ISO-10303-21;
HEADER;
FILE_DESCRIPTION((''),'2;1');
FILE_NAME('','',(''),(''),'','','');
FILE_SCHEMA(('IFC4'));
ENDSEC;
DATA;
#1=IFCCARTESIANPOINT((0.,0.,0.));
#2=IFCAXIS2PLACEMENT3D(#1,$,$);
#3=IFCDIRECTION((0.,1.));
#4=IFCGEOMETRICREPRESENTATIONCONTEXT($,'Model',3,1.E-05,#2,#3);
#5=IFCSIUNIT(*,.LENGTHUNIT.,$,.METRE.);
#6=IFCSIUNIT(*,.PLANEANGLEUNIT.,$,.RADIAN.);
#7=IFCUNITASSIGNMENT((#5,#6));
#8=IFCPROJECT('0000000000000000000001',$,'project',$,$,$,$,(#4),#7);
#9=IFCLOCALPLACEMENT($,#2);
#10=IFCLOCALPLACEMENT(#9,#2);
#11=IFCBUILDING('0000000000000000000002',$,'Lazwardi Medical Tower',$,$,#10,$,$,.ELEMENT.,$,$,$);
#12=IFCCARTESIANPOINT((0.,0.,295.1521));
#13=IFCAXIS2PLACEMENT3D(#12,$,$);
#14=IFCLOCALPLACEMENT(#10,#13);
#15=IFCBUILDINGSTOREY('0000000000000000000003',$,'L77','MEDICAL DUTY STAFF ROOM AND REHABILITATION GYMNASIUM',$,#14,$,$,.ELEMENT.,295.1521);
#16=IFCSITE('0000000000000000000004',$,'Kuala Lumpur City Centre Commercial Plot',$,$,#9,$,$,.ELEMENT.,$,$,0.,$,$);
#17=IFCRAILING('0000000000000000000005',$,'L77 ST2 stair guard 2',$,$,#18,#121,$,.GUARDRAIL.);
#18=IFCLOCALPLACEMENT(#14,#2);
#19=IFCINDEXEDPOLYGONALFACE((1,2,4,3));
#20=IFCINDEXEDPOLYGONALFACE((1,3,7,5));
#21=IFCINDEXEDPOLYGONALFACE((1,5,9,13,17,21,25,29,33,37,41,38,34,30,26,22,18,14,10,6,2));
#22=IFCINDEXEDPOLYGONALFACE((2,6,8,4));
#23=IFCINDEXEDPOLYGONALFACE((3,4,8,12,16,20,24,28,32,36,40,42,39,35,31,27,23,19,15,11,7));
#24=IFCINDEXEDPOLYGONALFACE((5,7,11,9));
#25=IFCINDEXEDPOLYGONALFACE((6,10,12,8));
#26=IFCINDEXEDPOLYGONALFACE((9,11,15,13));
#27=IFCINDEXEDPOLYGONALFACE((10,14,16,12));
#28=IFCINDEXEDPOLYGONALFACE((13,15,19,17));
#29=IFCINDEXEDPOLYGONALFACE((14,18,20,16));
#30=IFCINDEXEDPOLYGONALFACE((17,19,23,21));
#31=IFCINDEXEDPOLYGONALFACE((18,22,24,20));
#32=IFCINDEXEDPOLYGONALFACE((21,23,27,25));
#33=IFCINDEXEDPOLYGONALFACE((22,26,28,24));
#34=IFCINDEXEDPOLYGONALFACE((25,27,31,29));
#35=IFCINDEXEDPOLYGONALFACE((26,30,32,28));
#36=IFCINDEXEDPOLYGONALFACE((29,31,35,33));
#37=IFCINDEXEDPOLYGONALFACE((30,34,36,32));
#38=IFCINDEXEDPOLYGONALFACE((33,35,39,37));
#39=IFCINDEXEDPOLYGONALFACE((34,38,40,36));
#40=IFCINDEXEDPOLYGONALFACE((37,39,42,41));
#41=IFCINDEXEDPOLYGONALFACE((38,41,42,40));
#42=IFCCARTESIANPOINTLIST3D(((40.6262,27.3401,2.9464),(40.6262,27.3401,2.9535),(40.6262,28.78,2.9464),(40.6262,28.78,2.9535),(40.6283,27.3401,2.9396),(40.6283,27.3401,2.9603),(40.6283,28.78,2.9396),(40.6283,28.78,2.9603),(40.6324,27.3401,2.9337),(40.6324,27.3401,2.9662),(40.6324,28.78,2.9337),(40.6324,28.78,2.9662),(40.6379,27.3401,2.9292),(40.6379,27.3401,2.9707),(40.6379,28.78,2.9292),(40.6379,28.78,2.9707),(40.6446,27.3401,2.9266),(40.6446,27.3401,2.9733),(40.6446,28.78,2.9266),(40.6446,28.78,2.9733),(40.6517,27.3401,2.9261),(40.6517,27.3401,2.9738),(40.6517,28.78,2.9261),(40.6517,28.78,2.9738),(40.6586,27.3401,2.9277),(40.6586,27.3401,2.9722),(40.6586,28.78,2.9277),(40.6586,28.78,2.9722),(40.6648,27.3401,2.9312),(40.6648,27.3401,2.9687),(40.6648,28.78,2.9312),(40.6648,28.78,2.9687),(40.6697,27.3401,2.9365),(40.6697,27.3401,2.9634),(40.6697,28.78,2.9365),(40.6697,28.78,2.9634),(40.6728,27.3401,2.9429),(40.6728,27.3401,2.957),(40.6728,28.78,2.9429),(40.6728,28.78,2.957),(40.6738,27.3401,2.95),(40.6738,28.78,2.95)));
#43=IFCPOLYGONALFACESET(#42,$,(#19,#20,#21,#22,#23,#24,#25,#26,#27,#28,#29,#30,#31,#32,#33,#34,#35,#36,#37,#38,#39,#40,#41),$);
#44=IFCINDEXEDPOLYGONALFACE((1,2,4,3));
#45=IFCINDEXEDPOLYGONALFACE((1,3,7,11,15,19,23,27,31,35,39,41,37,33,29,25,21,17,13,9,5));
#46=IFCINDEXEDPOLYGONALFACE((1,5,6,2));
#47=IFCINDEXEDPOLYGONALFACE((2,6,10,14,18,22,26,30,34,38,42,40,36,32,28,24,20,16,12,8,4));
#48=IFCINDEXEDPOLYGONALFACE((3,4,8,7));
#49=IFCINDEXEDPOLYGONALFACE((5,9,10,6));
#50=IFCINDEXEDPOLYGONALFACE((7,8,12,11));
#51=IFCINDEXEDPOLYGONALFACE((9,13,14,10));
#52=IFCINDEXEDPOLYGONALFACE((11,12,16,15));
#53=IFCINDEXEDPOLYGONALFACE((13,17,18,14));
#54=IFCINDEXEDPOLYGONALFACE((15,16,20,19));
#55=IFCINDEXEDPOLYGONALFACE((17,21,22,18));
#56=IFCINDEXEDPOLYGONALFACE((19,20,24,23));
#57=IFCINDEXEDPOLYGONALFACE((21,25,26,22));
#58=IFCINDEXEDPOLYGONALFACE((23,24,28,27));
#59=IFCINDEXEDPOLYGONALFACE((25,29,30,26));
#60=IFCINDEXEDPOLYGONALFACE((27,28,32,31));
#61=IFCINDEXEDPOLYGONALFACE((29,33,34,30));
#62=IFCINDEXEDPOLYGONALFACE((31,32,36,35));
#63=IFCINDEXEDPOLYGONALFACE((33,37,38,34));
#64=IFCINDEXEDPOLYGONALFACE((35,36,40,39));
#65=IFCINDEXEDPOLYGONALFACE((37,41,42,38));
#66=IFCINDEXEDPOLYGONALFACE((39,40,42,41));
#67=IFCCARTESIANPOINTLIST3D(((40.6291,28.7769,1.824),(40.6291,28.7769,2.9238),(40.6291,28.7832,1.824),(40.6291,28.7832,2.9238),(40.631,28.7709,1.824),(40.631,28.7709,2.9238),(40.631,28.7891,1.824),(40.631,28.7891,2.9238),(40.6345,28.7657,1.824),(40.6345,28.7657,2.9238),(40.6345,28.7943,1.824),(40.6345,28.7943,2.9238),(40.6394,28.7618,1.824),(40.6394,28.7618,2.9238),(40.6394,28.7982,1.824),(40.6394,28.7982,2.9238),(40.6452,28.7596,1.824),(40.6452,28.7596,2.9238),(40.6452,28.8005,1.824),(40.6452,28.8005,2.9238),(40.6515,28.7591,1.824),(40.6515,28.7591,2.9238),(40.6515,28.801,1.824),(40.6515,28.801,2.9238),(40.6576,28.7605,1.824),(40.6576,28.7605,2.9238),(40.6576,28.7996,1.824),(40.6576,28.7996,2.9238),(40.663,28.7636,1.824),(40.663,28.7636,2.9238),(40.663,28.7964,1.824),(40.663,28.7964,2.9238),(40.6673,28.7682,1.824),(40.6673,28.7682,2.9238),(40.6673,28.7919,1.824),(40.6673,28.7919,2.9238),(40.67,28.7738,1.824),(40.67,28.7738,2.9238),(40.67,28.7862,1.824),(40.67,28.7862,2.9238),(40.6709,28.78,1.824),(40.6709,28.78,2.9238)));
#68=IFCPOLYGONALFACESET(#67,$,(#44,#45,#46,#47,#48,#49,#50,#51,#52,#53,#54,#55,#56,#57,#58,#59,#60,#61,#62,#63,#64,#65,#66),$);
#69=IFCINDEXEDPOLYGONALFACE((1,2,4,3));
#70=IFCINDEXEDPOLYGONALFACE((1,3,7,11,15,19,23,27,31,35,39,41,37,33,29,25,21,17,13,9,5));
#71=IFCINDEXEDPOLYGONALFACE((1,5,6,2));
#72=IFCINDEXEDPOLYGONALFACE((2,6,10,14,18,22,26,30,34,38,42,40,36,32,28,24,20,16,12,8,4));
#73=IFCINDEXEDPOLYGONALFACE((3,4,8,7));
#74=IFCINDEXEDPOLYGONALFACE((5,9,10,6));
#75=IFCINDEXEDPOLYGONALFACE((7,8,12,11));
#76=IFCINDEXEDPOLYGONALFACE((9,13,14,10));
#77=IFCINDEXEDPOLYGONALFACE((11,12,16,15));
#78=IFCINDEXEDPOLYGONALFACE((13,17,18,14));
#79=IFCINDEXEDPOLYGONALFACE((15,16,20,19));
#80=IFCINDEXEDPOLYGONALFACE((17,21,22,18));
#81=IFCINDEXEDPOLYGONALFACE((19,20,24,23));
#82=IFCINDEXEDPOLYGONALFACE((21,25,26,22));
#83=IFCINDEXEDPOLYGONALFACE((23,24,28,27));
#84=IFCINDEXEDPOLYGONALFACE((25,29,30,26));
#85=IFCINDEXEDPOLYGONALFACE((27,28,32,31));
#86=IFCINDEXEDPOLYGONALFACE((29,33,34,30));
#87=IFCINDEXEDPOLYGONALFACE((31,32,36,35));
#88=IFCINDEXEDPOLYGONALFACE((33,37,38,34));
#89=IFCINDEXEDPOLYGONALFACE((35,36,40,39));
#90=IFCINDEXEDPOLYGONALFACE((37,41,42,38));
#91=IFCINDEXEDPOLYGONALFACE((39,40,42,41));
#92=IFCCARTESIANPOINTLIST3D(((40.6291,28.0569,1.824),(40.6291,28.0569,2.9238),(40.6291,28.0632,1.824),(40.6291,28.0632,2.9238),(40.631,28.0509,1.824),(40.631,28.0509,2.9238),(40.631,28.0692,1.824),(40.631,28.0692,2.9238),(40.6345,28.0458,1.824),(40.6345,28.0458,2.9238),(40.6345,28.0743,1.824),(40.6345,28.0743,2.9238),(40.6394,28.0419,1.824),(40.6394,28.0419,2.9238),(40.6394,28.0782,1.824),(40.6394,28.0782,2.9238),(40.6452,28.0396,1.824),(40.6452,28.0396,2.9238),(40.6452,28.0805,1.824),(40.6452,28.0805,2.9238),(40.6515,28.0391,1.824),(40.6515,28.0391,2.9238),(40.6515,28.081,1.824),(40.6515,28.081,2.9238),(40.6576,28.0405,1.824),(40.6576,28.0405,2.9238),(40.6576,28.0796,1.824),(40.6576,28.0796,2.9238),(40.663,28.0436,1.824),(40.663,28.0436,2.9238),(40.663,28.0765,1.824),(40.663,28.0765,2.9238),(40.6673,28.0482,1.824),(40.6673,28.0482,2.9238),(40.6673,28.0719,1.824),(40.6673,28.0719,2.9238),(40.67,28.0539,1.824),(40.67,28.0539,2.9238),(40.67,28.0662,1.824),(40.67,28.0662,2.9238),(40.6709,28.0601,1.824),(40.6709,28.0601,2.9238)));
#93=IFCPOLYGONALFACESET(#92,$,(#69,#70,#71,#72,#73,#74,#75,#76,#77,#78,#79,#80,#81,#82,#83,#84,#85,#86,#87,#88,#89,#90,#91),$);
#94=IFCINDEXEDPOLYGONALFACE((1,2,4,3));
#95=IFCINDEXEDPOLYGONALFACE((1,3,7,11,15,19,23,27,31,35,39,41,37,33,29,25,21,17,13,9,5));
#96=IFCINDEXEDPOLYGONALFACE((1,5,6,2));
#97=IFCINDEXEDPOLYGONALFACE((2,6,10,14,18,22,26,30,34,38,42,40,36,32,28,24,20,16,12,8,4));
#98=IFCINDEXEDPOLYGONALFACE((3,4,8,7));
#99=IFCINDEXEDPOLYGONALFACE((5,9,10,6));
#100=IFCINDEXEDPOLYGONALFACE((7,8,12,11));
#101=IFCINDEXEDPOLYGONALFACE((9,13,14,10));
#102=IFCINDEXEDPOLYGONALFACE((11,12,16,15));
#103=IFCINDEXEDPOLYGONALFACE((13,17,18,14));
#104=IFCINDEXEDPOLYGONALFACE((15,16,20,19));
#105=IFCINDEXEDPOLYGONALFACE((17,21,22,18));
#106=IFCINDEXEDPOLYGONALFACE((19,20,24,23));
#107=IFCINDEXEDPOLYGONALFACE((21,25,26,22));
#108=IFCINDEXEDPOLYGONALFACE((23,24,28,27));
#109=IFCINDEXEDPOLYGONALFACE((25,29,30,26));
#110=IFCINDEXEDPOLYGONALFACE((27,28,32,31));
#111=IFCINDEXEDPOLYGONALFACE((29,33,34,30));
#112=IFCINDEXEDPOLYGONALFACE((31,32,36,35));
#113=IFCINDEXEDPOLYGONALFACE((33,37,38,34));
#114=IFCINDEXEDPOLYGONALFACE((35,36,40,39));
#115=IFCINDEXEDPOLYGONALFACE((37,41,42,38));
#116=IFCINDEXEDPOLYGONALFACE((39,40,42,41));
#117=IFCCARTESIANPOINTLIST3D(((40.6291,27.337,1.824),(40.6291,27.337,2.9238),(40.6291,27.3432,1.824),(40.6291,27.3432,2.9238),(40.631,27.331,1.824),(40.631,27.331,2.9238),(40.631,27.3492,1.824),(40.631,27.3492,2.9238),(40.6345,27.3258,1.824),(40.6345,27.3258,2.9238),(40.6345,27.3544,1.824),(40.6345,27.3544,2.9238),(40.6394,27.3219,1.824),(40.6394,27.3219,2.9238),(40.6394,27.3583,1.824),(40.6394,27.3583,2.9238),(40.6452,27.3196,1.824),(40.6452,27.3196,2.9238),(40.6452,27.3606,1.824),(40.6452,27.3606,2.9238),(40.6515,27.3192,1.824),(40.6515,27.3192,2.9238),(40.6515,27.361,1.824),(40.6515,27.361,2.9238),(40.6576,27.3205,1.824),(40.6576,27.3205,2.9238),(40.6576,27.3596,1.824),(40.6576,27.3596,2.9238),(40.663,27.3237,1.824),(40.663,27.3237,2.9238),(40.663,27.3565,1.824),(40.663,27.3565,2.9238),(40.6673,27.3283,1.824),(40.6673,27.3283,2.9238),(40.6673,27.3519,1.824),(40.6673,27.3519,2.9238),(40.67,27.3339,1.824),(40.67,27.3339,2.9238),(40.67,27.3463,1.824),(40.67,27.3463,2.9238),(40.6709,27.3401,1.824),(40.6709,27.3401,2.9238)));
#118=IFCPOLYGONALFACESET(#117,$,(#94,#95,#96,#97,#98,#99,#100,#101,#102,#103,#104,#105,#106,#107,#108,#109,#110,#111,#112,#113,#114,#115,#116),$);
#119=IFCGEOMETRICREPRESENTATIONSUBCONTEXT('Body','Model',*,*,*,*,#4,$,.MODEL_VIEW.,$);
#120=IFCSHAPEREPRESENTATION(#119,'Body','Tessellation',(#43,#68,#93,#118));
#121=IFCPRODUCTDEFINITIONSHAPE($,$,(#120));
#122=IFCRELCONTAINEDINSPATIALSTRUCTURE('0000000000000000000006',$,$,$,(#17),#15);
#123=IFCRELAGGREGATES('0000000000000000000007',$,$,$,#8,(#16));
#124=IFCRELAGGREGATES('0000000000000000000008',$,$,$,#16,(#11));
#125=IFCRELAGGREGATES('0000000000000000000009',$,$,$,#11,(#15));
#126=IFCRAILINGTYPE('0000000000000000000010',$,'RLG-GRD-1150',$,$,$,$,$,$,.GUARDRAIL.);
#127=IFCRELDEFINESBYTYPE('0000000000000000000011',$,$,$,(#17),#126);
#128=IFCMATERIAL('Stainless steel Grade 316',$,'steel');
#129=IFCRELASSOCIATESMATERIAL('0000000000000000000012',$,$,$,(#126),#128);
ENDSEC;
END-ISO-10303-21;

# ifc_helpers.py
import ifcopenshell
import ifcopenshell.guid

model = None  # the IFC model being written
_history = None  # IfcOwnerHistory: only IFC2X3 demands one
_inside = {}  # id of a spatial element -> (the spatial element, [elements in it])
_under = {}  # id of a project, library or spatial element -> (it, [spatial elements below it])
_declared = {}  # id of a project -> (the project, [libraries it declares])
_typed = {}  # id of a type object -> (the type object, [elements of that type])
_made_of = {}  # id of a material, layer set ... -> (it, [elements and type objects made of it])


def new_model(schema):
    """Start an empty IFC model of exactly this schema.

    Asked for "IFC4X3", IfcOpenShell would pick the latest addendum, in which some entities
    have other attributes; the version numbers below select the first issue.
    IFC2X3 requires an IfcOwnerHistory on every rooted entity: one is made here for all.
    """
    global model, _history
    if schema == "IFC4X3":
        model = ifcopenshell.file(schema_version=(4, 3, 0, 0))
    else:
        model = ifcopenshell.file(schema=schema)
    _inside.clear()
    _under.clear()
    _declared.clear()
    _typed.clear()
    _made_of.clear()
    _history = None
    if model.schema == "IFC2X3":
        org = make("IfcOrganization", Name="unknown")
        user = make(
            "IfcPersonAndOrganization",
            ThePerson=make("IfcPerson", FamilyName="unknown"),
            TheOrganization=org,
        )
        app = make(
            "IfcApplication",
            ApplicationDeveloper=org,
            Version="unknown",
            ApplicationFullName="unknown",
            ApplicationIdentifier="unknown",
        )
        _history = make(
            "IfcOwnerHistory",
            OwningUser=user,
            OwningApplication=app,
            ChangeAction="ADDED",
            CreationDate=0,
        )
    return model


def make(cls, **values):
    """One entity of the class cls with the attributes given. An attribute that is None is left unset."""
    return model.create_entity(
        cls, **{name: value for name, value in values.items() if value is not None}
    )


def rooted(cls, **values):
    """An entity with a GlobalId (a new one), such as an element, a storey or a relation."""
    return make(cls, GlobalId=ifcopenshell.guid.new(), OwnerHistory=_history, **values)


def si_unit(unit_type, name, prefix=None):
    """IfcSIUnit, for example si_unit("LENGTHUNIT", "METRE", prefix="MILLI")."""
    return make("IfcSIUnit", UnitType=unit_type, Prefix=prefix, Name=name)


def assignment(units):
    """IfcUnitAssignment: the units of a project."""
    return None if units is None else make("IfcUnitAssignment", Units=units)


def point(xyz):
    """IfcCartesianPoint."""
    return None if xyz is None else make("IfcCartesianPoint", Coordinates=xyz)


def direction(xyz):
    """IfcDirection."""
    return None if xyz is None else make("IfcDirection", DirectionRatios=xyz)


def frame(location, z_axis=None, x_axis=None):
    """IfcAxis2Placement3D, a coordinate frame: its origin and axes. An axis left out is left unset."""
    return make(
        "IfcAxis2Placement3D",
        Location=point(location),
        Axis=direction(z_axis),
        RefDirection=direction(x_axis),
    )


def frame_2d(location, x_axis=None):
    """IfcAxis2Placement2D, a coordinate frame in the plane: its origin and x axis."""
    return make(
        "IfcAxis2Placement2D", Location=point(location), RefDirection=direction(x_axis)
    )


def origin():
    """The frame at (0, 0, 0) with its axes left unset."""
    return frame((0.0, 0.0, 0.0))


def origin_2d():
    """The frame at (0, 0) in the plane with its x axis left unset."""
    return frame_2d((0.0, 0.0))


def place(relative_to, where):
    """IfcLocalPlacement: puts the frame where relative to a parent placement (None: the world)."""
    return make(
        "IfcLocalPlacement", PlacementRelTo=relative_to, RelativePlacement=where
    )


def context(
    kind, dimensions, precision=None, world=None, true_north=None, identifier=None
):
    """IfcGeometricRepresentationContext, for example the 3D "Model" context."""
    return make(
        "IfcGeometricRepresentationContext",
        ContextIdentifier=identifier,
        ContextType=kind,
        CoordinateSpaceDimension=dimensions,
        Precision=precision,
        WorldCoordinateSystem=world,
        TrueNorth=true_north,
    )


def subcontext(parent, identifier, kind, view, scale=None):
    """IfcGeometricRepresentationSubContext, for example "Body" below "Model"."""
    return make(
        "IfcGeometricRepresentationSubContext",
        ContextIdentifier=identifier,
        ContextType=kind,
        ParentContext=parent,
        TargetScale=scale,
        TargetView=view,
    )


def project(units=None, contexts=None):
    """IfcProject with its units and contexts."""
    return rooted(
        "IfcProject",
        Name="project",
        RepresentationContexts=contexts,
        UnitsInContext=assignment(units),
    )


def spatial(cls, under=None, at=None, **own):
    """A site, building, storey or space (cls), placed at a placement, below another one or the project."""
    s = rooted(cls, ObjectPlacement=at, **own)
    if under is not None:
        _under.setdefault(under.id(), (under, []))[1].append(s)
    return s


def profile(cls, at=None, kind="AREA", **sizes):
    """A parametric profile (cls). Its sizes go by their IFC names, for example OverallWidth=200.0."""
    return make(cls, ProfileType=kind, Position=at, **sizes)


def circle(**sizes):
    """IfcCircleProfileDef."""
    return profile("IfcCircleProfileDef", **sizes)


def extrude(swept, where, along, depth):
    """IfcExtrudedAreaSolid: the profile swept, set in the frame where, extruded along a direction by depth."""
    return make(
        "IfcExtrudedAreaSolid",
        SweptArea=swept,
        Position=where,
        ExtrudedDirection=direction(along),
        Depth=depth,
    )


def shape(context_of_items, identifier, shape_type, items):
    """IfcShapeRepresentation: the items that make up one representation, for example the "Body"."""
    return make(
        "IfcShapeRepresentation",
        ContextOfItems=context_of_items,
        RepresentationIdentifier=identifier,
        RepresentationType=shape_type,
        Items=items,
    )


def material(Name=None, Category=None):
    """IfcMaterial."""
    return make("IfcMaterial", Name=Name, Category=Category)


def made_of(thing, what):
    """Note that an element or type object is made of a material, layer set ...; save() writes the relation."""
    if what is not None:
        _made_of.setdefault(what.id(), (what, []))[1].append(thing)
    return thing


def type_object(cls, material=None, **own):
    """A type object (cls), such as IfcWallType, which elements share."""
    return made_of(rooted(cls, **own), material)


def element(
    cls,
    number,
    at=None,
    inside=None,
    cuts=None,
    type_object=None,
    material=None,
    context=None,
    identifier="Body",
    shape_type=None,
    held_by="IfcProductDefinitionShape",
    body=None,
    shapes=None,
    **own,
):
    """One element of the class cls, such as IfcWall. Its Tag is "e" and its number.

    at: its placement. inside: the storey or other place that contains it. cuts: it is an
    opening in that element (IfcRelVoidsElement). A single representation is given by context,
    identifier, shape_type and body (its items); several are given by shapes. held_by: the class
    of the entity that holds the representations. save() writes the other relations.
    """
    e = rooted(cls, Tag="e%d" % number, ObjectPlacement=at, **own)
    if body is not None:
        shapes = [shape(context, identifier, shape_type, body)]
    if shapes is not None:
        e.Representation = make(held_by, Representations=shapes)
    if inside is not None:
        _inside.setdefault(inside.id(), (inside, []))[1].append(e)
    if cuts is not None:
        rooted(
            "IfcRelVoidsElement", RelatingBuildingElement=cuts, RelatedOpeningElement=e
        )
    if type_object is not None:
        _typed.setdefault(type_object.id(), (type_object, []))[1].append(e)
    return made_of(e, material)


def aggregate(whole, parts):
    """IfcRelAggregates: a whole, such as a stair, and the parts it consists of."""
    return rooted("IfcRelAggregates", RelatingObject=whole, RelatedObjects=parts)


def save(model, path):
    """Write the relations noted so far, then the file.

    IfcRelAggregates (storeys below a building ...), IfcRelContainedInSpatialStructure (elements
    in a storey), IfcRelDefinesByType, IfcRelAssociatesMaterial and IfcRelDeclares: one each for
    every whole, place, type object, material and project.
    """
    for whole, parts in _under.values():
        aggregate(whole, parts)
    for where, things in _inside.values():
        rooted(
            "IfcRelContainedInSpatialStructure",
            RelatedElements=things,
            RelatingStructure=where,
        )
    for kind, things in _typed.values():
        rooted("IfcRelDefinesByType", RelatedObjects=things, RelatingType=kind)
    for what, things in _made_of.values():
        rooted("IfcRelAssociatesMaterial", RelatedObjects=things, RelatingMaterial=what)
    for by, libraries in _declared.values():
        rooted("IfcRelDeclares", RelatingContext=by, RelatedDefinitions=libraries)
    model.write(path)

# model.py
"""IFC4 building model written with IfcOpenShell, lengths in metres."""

from ifc_helpers import new_model, si_unit, direction, frame, origin, origin_2d, place, context, subcontext, project, spatial, circle, extrude, material, type_object, element, save


model = new_model("IFC4")

# Units and contexts
model_context = context("Model", 3, precision=1e-05, world=origin(), true_north=direction((0.0, 1.0)))
body_context = subcontext(model_context, "Body", "Model", "MODEL_VIEW")
ifc_project = project(units=[si_unit("LENGTHUNIT", "METRE"), si_unit("PLANEANGLEUNIT", "RADIAN")], contexts=[model_context])

# Site, building, storey
site_placement = place(None, origin())
site = spatial("IfcSite", under=ifc_project, at=site_placement, Name="Kuala Lumpur City Centre Commercial Plot", CompositionType="ELEMENT", RefElevation=0.0)
building_placement = place(site_placement, origin())
building = spatial("IfcBuilding", under=site, at=building_placement, Name="Lazwardi Medical Tower", CompositionType="ELEMENT")
storey_placement = place(building_placement, frame((0.0, 0.0, 295.1521)))
storey = spatial("IfcBuildingStorey", under=building, at=storey_placement, Name="L77", Description="MEDICAL DUTY STAFF ROOM AND REHABILITATION GYMNASIUM", CompositionType="ELEMENT", Elevation=295.1521)

# Railing
ifc_material_1 = material(Name="Stainless steel Grade 316", Category="steel")
railing_type_1 = type_object("IfcRailingType", Name="RLG-GRD-1150", PredefinedType="GUARDRAIL", material=ifc_material_1)
railing_1_placement = place(storey_placement, frame((40.6499, 28.78, 1.824)))
element("IfcRailing", 1, at=railing_1_placement, inside=storey, type_object=railing_type_1, Name="L77 ST2 stair guard 2", PredefinedType="GUARDRAIL", context=body_context, shape_type="SweptSolid", body=[
    extrude(circle(Radius=0.0239, at=origin_2d()), frame((0.0, 0.0, 1.126), z_axis=(0.0, -1.0, 0.0), x_axis=(1.0, 0.0, 0.0)), (0.0, 0.0, 1.0), 1.4399),
    extrude(circle(Radius=0.021, at=origin_2d()), origin(), (0.0, 0.0, 1.0), 1.0999),
    extrude(circle(Radius=0.021, at=origin_2d()), frame((0.0, -0.72, 0.0)), (0.0, 0.0, 1.0), 1.0999),
    extrude(circle(Radius=0.021, at=origin_2d()), frame((0.0, -1.4399, 0.0)), (0.0, 0.0, 1.0), 1.0999),
])

save(model, "model.ifc")
